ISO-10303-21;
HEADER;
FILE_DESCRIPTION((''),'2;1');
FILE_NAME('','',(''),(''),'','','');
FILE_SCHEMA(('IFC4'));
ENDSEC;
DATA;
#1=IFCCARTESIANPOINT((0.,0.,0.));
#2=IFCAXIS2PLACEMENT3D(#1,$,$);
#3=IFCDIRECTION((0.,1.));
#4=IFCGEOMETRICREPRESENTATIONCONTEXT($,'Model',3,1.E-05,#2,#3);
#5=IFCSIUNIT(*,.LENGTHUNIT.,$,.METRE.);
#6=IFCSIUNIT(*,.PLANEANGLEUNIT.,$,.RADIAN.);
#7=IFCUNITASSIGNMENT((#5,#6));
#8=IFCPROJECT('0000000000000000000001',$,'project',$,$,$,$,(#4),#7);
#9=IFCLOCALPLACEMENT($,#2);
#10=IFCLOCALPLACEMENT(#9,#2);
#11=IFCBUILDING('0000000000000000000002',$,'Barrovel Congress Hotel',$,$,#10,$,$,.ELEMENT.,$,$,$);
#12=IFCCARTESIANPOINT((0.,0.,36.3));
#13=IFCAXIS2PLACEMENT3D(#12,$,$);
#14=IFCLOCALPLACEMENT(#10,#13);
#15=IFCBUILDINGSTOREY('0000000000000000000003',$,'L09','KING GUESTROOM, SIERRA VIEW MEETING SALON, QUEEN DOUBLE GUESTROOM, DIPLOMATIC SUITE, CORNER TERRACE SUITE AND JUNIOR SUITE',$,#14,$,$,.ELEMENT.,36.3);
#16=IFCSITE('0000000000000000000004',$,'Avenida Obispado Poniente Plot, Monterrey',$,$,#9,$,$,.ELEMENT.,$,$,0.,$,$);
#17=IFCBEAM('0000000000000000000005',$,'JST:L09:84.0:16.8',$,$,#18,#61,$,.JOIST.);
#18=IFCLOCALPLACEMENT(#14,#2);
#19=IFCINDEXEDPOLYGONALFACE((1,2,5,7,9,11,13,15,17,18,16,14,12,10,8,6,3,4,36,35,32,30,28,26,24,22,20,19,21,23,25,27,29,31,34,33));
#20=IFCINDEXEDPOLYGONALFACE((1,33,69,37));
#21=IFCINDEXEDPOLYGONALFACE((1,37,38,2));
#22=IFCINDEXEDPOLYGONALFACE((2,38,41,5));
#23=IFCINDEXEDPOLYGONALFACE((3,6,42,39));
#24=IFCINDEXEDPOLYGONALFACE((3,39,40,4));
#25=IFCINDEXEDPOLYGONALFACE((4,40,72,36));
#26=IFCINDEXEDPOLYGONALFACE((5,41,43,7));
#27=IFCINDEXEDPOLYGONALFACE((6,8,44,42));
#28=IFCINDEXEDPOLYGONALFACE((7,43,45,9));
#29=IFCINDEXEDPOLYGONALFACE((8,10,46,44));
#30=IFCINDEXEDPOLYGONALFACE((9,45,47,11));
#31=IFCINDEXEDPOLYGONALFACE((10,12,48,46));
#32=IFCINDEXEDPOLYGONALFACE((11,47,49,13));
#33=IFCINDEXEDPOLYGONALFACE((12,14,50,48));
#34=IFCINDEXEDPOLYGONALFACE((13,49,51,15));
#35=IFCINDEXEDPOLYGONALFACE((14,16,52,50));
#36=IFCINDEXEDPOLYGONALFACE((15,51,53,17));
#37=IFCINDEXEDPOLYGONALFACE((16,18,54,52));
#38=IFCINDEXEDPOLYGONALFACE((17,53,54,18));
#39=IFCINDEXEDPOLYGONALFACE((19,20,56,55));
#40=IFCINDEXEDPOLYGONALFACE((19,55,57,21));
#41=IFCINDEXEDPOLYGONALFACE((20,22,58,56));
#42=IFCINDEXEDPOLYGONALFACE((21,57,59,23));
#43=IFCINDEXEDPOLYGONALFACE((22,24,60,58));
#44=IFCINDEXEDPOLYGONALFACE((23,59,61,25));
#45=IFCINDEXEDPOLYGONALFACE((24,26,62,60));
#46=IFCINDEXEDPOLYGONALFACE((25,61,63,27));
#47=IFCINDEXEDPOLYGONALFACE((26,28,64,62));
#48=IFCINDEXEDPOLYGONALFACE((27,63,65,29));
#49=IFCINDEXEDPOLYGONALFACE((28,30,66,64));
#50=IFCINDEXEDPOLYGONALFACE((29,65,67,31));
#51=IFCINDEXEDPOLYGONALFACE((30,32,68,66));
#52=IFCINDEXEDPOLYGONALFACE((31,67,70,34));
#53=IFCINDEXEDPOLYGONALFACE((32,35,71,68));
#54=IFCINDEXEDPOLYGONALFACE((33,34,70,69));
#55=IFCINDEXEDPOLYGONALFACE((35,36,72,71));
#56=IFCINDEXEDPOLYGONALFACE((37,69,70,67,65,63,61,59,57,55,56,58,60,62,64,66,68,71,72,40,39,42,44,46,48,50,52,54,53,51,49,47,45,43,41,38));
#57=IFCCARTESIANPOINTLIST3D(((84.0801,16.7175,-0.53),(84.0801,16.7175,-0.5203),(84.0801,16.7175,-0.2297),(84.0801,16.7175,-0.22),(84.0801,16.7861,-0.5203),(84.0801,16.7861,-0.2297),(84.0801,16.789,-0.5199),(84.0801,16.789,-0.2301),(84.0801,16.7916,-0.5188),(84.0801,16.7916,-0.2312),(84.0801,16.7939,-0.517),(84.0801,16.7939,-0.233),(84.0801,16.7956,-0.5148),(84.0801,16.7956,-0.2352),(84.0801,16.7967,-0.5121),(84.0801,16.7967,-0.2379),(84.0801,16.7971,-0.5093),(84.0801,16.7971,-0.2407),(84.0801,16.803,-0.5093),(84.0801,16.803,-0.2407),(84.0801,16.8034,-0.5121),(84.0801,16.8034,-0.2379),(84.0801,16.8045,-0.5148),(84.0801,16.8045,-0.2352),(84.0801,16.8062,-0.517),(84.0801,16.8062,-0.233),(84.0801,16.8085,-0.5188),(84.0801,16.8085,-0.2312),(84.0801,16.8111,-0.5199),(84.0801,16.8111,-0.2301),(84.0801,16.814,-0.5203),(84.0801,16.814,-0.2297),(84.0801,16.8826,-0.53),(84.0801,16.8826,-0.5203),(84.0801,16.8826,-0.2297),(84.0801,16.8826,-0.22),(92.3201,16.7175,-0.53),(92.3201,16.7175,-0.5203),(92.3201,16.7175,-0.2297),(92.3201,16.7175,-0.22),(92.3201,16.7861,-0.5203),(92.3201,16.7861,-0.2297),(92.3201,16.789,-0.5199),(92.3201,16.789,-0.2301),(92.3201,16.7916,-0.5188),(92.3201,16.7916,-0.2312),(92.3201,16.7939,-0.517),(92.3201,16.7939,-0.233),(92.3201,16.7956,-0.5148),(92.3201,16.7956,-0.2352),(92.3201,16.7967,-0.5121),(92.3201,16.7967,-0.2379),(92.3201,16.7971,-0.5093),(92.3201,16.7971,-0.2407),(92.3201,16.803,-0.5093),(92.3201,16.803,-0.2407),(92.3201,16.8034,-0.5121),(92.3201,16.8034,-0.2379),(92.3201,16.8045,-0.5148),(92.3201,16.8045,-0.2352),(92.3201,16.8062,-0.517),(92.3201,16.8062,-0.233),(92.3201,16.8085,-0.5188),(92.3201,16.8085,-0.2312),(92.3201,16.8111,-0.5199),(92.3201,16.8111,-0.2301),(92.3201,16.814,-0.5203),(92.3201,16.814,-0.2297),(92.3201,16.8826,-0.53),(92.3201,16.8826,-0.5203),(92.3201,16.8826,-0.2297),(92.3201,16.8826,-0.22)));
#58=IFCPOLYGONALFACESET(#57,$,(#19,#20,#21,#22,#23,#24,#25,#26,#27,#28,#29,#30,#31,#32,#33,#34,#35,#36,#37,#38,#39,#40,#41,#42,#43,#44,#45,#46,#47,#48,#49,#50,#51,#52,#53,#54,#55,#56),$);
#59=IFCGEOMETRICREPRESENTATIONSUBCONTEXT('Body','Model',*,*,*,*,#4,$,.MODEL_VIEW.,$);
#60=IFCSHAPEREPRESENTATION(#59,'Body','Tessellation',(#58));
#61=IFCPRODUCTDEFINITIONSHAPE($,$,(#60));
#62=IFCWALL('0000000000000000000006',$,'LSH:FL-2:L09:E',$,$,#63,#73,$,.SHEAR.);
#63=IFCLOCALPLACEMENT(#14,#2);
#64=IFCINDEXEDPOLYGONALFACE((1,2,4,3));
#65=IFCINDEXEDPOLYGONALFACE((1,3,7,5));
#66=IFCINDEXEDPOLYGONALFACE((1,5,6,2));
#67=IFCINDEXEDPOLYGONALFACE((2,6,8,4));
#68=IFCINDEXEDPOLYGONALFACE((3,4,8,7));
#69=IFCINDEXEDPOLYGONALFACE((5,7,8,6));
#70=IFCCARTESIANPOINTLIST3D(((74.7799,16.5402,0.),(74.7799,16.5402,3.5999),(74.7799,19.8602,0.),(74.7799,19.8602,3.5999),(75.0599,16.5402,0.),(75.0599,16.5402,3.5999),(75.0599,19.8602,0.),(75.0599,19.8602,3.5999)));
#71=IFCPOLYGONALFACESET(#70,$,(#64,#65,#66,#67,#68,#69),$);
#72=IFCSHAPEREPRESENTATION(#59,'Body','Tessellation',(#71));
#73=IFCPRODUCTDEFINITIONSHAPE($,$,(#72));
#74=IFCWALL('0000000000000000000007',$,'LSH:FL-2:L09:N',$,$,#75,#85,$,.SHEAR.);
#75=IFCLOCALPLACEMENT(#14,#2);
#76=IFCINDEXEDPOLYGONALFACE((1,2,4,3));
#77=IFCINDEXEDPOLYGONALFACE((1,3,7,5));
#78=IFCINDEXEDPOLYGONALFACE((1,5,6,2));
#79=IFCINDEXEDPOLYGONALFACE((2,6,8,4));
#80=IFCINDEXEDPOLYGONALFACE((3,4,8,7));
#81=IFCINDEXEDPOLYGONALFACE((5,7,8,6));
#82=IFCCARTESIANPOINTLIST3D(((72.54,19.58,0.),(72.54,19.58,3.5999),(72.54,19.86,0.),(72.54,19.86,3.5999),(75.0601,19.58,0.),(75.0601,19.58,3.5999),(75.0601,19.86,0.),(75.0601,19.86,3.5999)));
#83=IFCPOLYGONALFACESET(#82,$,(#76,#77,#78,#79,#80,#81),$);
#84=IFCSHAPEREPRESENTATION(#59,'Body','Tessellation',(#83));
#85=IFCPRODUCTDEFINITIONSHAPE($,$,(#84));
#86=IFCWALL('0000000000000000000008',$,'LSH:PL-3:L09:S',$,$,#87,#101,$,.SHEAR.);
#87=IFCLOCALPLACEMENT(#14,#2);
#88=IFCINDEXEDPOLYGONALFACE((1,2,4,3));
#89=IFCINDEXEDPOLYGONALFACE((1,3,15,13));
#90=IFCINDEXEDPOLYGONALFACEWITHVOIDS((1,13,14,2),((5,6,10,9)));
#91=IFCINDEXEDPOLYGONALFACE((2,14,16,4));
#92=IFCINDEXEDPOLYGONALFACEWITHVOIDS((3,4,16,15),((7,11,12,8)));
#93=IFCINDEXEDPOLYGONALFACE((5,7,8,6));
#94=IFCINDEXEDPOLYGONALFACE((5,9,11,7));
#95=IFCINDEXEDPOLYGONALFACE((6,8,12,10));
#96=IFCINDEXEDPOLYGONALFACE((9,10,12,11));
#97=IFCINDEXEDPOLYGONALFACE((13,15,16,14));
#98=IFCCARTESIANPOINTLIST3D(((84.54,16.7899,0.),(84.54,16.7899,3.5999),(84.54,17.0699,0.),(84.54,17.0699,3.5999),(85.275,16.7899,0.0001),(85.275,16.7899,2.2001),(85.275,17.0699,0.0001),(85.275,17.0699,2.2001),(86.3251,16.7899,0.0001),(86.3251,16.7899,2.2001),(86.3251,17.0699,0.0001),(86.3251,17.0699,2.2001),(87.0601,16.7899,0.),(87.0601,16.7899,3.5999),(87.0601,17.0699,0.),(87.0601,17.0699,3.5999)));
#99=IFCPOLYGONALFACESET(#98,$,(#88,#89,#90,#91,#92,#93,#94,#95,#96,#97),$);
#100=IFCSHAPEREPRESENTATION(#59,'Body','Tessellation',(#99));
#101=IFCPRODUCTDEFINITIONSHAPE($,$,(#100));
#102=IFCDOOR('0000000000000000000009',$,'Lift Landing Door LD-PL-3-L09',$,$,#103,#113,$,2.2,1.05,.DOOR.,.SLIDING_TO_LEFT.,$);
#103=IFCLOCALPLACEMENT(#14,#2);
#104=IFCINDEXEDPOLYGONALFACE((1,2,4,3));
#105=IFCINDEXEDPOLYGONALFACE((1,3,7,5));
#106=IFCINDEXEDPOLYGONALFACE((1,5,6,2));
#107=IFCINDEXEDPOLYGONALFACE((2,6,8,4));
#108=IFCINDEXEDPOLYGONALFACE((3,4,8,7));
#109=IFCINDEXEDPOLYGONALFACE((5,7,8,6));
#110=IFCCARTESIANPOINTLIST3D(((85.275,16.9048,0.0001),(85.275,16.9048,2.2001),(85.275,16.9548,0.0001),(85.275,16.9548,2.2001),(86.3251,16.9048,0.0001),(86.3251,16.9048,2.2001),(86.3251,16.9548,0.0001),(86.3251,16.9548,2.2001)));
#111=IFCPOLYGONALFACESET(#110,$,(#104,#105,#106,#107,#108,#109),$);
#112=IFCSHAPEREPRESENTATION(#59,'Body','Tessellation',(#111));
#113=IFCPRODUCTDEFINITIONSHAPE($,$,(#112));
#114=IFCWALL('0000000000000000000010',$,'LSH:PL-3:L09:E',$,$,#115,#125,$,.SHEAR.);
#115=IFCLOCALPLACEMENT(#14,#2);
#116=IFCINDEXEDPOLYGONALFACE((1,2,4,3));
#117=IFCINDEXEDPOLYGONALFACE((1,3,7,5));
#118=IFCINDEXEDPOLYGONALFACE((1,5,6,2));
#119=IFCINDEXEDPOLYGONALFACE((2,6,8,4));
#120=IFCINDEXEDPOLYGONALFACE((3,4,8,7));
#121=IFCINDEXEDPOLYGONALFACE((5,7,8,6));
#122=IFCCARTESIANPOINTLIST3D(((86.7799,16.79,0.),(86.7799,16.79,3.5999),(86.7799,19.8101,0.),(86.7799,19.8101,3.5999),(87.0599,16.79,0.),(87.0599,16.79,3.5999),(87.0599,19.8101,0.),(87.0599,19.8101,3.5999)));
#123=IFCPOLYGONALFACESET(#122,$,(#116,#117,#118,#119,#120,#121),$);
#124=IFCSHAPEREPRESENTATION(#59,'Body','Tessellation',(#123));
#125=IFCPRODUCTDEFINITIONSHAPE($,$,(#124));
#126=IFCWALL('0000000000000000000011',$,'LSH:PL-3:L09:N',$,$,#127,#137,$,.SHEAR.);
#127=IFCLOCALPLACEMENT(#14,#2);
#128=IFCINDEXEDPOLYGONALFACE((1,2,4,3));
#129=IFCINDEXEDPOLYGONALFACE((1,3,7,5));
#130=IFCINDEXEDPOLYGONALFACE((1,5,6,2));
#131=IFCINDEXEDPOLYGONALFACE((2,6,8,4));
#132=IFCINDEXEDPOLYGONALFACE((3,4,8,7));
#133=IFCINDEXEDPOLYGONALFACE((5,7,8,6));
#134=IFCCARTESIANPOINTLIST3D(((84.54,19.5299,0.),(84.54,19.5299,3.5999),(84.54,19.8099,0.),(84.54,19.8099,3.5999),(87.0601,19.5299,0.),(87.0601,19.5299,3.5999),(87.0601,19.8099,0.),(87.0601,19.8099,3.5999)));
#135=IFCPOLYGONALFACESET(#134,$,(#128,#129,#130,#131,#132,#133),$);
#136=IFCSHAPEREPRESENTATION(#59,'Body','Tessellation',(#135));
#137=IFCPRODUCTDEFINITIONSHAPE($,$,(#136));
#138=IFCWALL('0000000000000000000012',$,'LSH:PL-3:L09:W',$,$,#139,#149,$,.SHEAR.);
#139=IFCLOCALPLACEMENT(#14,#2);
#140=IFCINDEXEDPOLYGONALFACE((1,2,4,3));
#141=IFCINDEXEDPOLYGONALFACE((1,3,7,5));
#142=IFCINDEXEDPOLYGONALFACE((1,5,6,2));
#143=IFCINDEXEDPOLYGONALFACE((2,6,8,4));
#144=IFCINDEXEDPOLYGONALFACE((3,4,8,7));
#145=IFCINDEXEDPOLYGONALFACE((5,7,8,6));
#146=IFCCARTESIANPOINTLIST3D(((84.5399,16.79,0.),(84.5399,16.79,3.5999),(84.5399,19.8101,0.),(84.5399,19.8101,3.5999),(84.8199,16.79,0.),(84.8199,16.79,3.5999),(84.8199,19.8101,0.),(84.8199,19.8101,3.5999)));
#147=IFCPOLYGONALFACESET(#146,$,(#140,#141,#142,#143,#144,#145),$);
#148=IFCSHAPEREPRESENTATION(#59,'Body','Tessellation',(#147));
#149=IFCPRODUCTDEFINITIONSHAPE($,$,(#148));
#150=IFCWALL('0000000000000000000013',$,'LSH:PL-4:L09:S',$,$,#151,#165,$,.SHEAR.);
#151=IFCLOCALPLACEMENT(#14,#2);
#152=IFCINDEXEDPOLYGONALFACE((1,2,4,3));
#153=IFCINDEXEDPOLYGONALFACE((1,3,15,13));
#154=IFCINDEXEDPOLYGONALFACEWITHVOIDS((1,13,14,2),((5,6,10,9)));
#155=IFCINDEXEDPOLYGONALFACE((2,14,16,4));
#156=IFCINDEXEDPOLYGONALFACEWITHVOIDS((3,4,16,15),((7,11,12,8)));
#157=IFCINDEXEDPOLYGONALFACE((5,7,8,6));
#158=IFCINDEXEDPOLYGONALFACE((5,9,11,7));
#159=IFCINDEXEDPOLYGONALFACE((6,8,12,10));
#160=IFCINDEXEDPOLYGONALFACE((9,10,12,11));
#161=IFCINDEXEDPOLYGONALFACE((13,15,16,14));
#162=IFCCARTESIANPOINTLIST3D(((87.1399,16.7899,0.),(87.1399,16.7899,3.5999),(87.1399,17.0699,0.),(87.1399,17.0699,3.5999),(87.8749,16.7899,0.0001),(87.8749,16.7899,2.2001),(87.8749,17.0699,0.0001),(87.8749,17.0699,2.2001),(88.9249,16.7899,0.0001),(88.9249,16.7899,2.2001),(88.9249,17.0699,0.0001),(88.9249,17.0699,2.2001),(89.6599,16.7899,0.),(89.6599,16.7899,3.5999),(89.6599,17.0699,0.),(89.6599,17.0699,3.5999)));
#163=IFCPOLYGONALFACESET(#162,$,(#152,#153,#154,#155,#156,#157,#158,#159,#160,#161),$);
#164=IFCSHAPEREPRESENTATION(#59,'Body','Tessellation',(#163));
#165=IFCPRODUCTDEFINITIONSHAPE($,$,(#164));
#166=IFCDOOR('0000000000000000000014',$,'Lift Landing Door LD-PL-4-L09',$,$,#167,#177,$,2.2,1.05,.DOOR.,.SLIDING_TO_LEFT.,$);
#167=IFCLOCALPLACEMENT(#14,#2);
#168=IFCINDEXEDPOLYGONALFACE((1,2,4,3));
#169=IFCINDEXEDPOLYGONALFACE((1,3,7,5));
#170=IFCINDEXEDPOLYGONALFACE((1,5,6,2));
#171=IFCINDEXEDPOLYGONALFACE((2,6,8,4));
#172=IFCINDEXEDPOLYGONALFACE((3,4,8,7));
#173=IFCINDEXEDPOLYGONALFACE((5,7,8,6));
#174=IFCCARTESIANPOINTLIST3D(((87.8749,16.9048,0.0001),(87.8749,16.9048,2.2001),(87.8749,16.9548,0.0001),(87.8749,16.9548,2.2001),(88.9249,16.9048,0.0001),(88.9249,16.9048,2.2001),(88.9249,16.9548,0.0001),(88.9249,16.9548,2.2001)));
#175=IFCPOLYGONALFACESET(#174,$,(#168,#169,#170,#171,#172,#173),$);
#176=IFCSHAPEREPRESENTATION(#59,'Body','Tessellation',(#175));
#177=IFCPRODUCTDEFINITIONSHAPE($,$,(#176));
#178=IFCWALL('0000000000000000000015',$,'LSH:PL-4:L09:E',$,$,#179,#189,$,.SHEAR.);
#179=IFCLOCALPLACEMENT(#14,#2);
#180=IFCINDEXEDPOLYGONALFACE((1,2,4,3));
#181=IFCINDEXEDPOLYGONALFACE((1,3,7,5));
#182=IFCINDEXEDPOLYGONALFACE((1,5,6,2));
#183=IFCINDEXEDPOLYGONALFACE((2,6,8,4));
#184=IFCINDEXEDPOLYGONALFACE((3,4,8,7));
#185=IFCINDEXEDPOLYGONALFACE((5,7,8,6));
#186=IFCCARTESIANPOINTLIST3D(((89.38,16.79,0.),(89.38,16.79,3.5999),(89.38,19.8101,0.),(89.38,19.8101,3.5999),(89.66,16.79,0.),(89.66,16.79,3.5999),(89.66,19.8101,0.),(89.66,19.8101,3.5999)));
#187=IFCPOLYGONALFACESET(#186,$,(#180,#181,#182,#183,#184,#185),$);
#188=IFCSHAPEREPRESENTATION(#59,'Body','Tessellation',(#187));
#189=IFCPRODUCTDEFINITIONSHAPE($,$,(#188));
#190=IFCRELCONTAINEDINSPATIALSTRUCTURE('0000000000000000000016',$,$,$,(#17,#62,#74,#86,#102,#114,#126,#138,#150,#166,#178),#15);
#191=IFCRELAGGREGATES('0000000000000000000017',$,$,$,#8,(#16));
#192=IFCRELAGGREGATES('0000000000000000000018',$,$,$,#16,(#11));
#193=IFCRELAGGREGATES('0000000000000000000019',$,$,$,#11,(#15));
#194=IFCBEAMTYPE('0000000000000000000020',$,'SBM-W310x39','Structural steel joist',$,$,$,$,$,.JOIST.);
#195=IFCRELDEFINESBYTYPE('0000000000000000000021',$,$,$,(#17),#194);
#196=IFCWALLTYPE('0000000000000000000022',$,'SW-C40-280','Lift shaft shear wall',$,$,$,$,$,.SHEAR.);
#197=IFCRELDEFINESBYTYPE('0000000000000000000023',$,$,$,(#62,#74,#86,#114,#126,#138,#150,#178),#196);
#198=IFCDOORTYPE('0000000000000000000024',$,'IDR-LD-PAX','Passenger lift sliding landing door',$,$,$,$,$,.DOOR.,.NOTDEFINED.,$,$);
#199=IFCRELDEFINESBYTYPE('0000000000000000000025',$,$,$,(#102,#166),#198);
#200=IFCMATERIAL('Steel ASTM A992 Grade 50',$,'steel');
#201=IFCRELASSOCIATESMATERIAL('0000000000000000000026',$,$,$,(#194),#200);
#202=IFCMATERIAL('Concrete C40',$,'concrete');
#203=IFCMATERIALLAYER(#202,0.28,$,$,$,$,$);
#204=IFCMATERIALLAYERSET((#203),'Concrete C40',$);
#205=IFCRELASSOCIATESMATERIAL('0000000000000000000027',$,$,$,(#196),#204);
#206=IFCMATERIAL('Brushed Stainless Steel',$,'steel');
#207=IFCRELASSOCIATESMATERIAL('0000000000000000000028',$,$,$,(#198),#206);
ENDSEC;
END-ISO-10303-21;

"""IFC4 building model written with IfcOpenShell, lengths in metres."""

from ifc_helpers import new_model, si_unit, direction, frame, frame_2d, origin, origin_2d, place, context, subcontext, project, spatial, rectangle, i_section, extrude, material, layer, layer_set, material_profile, profile_set, type_object, element, fill, save


model = new_model("IFC4")

# Units and contexts
model_context = context("Model", 3, precision=1e-05, world=origin(), true_north=direction((0.0, 1.0)))
body_context = subcontext(model_context, "Body", "Model", "MODEL_VIEW")
ifc_project = project(units=[si_unit("LENGTHUNIT", "METRE"), si_unit("PLANEANGLEUNIT", "RADIAN")], contexts=[model_context])

# Site, building, storey
site_placement = place(None, origin())
site = spatial("IfcSite", under=ifc_project, at=site_placement, Name="Avenida Obispado Poniente Plot, Monterrey", CompositionType="ELEMENT", RefElevation=0.0)
building_placement = place(site_placement, origin())
building = spatial("IfcBuilding", under=site, at=building_placement, Name="Barrovel Congress Hotel", CompositionType="ELEMENT")
storey_placement = place(building_placement, frame((0.0, 0.0, 36.3)))
storey = spatial("IfcBuildingStorey", under=building, at=storey_placement, Name="L09", Description="KING GUESTROOM, SIERRA VIEW MEETING SALON, QUEEN DOUBLE GUESTROOM, DIPLOMATIC SUITE, CORNER TERRACE SUITE AND JUNIOR SUITE", CompositionType="ELEMENT", Elevation=36.3)

# Beam
ifc_material_1 = material(Name="Steel ASTM A992 Grade 50", Category="steel")
ifc_material_profile = material_profile(ifc_material_1, i_section(OverallWidth=0.165, OverallDepth=0.3101, WebThickness=0.0059, FlangeThickness=0.0098, FilletRadius=0.011, at=origin_2d()), Name="W310x39")
ifc_profile_set = profile_set([ifc_material_profile], Name="Steel ASTM A992 Grade 50")
beam_type = type_object("IfcBeamType", Name="SBM-W310x39", Description="Structural steel joist", PredefinedType="JOIST", material=ifc_profile_set)
beam_placement = place(storey_placement, frame((84.0801, 16.8, -0.375), z_axis=(1.0, 0.0, 0.0), x_axis=(0.0, 1.0, 0.0)))
element("IfcBeam", 1, at=beam_placement, inside=storey, type_object=beam_type, Name="JST:L09:84.0:16.8", PredefinedType="JOIST", context=body_context, shape_type="SweptSolid", body=[
    extrude(i_section(OverallWidth=0.165, OverallDepth=0.3101, WebThickness=0.0059, FlangeThickness=0.0098, FilletRadius=0.011, at=origin_2d()), origin(), (0.0, 0.0, 1.0), 8.24),
])

# Walls
ifc_material_2 = material(Name="Concrete C40", Category="concrete")
ifc_layer_1 = layer(ifc_material_2, 0.28)
ifc_layer_set_1 = layer_set([ifc_layer_1], Name="Concrete C40")
wall_type = type_object("IfcWallType", Name="SW-C40-280", Description="Lift shaft shear wall", PredefinedType="SHEAR", material=ifc_layer_set_1)
wall_1_placement = place(storey_placement, frame((74.9199, 16.54, 0.0), z_axis=(0.0, 0.0, 1.0), x_axis=(0.0, 1.0, 0.0)))
element("IfcWall", 2, at=wall_1_placement, inside=storey, type_object=wall_type, Name="LSH:FL-2:L09:E", PredefinedType="SHEAR", context=body_context, shape_type="SweptSolid", body=[
    extrude(rectangle(XDim=3.3201, YDim=0.28, at=frame_2d((1.6602, 0.0))), origin(), (0.0, 0.0, 1.0), 3.5999),
])
wall_2_placement = place(storey_placement, frame((75.0601, 19.72, 0.0), z_axis=(0.0, 0.0, 1.0), x_axis=(-1.0, 0.0, 0.0)))
element("IfcWall", 3, at=wall_2_placement, inside=storey, type_object=wall_type, Name="LSH:FL-2:L09:N", PredefinedType="SHEAR", context=body_context, shape_type="SweptSolid", body=[
    extrude(rectangle(XDim=2.52, YDim=0.28, at=frame_2d((1.26, 0.0))), origin(), (0.0, 0.0, 1.0), 3.5999),
])

# Wall, opening, door
wall_3_placement = place(storey_placement, frame((84.54, 16.9299, 0.0), z_axis=(0.0, 0.0, 1.0), x_axis=(1.0, 0.0, 0.0)))
wall_3 = element("IfcWall", 4, at=wall_3_placement, inside=storey, type_object=wall_type, Name="LSH:PL-3:L09:S", PredefinedType="SHEAR", context=body_context, shape_type="SweptSolid", body=[
    extrude(rectangle(XDim=2.52, YDim=0.28, at=frame_2d((1.26, 0.0))), origin(), (0.0, 0.0, 1.0), 3.5999),
])
opening_1_placement = place(wall_3_placement, frame((0.7351, 0.0, 0.0)))
opening_1 = element("IfcOpeningElement", 5, at=opening_1_placement, cuts=wall_3, PredefinedType="OPENING", context=body_context, shape_type="SweptSolid", body=[
    extrude(rectangle(XDim=1.05, YDim=2.2, at=frame_2d((0.5249, 1.1001))), frame((0.0, 0.1499, 0.0), z_axis=(0.0, -1.0, 0.0), x_axis=(1.0, 0.0, 0.0)), (0.0, 0.0, 1.0), 0.3),
])
ifc_material_3 = material(Name="Brushed Stainless Steel", Category="steel")
door_type_1 = type_object("IfcDoorType", Name="IDR-LD-PAX", Description="Passenger lift sliding landing door", OperationType="NOTDEFINED", PredefinedType="DOOR", material=ifc_material_3)
door_1_placement = place(opening_1_placement, origin())
door_1 = element("IfcDoor", 6, at=door_1_placement, inside=storey, type_object=door_type_1, Name="Lift Landing Door LD-PL-3-L09", OperationType="SLIDING_TO_LEFT", OverallHeight=2.2, OverallWidth=1.05, PredefinedType="DOOR", context=body_context, shape_type="SweptSolid", body=[
    extrude(rectangle(XDim=1.05, YDim=2.2, at=frame_2d((0.5249, 1.1001))), frame((0.0, 0.0249, 0.0), z_axis=(0.0, -1.0, 0.0), x_axis=(1.0, 0.0, 0.0)), (0.0, 0.0, 1.0), 0.05),
])
fill(opening_1, door_1)

# Walls
wall_4_placement = place(storey_placement, frame((86.9199, 16.79, 0.0), z_axis=(0.0, 0.0, 1.0), x_axis=(0.0, 1.0, 0.0)))
element("IfcWall", 7, at=wall_4_placement, inside=storey, type_object=wall_type, Name="LSH:PL-3:L09:E", PredefinedType="SHEAR", context=body_context, shape_type="SweptSolid", body=[
    extrude(rectangle(XDim=3.02, YDim=0.28, at=frame_2d((1.51, 0.0))), origin(), (0.0, 0.0, 1.0), 3.5999),
])
wall_5_placement = place(storey_placement, frame((87.0601, 19.6699, 0.0), z_axis=(0.0, 0.0, 1.0), x_axis=(-1.0, 0.0, 0.0)))
element("IfcWall", 8, at=wall_5_placement, inside=storey, type_object=wall_type, Name="LSH:PL-3:L09:N", PredefinedType="SHEAR", context=body_context, shape_type="SweptSolid", body=[
    extrude(rectangle(XDim=2.52, YDim=0.28, at=frame_2d((1.26, 0.0))), origin(), (0.0, 0.0, 1.0), 3.5999),
])
wall_6_placement = place(storey_placement, frame((84.6799, 19.8101, 0.0), z_axis=(0.0, 0.0, 1.0), x_axis=(0.0, -1.0, 0.0)))
element("IfcWall", 9, at=wall_6_placement, inside=storey, type_object=wall_type, Name="LSH:PL-3:L09:W", PredefinedType="SHEAR", context=body_context, shape_type="SweptSolid", body=[
    extrude(rectangle(XDim=3.02, YDim=0.28, at=frame_2d((1.51, 0.0))), origin(), (0.0, 0.0, 1.0), 3.5999),
])

# Wall, opening, door
wall_7_placement = place(storey_placement, frame((87.1399, 16.9299, 0.0), z_axis=(0.0, 0.0, 1.0), x_axis=(1.0, 0.0, 0.0)))
wall_7 = element("IfcWall", 10, at=wall_7_placement, inside=storey, type_object=wall_type, Name="LSH:PL-4:L09:S", PredefinedType="SHEAR", context=body_context, shape_type="SweptSolid", body=[
    extrude(rectangle(XDim=2.52, YDim=0.28, at=frame_2d((1.26, 0.0))), origin(), (0.0, 0.0, 1.0), 3.5999),
])
opening_2_placement = place(wall_7_placement, frame((0.7351, 0.0, 0.0)))
opening_2 = element("IfcOpeningElement", 11, at=opening_2_placement, cuts=wall_7, PredefinedType="OPENING", context=body_context, shape_type="SweptSolid", body=[
    extrude(rectangle(XDim=1.05, YDim=2.2, at=frame_2d((0.5249, 1.1001))), frame((0.0, 0.1499, 0.0), z_axis=(0.0, -1.0, 0.0), x_axis=(1.0, 0.0, 0.0)), (0.0, 0.0, 1.0), 0.3),
])
door_2_placement = place(opening_2_placement, origin())
door_2 = element("IfcDoor", 12, at=door_2_placement, inside=storey, type_object=door_type_1, Name="Lift Landing Door LD-PL-4-L09", OperationType="SLIDING_TO_LEFT", OverallHeight=2.2, OverallWidth=1.05, PredefinedType="DOOR", context=body_context, shape_type="SweptSolid", body=[
    extrude(rectangle(XDim=1.05, YDim=2.2, at=frame_2d((0.5249, 1.1001))), frame((0.0, 0.0249, 0.0), z_axis=(0.0, -1.0, 0.0), x_axis=(1.0, 0.0, 0.0)), (0.0, 0.0, 1.0), 0.05),
])
fill(opening_2, door_2)

# Wall
wall_8_placement = place(storey_placement, frame((89.52, 16.79, 0.0), z_axis=(0.0, 0.0, 1.0), x_axis=(0.0, 1.0, 0.0)))
element("IfcWall", 13, at=wall_8_placement, inside=storey, type_object=wall_type, Name="LSH:PL-4:L09:E", PredefinedType="SHEAR", context=body_context, shape_type="SweptSolid", body=[
    extrude(rectangle(XDim=3.02, YDim=0.28, at=frame_2d((1.51, 0.0))), origin(), (0.0, 0.0, 1.0), 3.5999),
])

save(model, "model.ifc")
